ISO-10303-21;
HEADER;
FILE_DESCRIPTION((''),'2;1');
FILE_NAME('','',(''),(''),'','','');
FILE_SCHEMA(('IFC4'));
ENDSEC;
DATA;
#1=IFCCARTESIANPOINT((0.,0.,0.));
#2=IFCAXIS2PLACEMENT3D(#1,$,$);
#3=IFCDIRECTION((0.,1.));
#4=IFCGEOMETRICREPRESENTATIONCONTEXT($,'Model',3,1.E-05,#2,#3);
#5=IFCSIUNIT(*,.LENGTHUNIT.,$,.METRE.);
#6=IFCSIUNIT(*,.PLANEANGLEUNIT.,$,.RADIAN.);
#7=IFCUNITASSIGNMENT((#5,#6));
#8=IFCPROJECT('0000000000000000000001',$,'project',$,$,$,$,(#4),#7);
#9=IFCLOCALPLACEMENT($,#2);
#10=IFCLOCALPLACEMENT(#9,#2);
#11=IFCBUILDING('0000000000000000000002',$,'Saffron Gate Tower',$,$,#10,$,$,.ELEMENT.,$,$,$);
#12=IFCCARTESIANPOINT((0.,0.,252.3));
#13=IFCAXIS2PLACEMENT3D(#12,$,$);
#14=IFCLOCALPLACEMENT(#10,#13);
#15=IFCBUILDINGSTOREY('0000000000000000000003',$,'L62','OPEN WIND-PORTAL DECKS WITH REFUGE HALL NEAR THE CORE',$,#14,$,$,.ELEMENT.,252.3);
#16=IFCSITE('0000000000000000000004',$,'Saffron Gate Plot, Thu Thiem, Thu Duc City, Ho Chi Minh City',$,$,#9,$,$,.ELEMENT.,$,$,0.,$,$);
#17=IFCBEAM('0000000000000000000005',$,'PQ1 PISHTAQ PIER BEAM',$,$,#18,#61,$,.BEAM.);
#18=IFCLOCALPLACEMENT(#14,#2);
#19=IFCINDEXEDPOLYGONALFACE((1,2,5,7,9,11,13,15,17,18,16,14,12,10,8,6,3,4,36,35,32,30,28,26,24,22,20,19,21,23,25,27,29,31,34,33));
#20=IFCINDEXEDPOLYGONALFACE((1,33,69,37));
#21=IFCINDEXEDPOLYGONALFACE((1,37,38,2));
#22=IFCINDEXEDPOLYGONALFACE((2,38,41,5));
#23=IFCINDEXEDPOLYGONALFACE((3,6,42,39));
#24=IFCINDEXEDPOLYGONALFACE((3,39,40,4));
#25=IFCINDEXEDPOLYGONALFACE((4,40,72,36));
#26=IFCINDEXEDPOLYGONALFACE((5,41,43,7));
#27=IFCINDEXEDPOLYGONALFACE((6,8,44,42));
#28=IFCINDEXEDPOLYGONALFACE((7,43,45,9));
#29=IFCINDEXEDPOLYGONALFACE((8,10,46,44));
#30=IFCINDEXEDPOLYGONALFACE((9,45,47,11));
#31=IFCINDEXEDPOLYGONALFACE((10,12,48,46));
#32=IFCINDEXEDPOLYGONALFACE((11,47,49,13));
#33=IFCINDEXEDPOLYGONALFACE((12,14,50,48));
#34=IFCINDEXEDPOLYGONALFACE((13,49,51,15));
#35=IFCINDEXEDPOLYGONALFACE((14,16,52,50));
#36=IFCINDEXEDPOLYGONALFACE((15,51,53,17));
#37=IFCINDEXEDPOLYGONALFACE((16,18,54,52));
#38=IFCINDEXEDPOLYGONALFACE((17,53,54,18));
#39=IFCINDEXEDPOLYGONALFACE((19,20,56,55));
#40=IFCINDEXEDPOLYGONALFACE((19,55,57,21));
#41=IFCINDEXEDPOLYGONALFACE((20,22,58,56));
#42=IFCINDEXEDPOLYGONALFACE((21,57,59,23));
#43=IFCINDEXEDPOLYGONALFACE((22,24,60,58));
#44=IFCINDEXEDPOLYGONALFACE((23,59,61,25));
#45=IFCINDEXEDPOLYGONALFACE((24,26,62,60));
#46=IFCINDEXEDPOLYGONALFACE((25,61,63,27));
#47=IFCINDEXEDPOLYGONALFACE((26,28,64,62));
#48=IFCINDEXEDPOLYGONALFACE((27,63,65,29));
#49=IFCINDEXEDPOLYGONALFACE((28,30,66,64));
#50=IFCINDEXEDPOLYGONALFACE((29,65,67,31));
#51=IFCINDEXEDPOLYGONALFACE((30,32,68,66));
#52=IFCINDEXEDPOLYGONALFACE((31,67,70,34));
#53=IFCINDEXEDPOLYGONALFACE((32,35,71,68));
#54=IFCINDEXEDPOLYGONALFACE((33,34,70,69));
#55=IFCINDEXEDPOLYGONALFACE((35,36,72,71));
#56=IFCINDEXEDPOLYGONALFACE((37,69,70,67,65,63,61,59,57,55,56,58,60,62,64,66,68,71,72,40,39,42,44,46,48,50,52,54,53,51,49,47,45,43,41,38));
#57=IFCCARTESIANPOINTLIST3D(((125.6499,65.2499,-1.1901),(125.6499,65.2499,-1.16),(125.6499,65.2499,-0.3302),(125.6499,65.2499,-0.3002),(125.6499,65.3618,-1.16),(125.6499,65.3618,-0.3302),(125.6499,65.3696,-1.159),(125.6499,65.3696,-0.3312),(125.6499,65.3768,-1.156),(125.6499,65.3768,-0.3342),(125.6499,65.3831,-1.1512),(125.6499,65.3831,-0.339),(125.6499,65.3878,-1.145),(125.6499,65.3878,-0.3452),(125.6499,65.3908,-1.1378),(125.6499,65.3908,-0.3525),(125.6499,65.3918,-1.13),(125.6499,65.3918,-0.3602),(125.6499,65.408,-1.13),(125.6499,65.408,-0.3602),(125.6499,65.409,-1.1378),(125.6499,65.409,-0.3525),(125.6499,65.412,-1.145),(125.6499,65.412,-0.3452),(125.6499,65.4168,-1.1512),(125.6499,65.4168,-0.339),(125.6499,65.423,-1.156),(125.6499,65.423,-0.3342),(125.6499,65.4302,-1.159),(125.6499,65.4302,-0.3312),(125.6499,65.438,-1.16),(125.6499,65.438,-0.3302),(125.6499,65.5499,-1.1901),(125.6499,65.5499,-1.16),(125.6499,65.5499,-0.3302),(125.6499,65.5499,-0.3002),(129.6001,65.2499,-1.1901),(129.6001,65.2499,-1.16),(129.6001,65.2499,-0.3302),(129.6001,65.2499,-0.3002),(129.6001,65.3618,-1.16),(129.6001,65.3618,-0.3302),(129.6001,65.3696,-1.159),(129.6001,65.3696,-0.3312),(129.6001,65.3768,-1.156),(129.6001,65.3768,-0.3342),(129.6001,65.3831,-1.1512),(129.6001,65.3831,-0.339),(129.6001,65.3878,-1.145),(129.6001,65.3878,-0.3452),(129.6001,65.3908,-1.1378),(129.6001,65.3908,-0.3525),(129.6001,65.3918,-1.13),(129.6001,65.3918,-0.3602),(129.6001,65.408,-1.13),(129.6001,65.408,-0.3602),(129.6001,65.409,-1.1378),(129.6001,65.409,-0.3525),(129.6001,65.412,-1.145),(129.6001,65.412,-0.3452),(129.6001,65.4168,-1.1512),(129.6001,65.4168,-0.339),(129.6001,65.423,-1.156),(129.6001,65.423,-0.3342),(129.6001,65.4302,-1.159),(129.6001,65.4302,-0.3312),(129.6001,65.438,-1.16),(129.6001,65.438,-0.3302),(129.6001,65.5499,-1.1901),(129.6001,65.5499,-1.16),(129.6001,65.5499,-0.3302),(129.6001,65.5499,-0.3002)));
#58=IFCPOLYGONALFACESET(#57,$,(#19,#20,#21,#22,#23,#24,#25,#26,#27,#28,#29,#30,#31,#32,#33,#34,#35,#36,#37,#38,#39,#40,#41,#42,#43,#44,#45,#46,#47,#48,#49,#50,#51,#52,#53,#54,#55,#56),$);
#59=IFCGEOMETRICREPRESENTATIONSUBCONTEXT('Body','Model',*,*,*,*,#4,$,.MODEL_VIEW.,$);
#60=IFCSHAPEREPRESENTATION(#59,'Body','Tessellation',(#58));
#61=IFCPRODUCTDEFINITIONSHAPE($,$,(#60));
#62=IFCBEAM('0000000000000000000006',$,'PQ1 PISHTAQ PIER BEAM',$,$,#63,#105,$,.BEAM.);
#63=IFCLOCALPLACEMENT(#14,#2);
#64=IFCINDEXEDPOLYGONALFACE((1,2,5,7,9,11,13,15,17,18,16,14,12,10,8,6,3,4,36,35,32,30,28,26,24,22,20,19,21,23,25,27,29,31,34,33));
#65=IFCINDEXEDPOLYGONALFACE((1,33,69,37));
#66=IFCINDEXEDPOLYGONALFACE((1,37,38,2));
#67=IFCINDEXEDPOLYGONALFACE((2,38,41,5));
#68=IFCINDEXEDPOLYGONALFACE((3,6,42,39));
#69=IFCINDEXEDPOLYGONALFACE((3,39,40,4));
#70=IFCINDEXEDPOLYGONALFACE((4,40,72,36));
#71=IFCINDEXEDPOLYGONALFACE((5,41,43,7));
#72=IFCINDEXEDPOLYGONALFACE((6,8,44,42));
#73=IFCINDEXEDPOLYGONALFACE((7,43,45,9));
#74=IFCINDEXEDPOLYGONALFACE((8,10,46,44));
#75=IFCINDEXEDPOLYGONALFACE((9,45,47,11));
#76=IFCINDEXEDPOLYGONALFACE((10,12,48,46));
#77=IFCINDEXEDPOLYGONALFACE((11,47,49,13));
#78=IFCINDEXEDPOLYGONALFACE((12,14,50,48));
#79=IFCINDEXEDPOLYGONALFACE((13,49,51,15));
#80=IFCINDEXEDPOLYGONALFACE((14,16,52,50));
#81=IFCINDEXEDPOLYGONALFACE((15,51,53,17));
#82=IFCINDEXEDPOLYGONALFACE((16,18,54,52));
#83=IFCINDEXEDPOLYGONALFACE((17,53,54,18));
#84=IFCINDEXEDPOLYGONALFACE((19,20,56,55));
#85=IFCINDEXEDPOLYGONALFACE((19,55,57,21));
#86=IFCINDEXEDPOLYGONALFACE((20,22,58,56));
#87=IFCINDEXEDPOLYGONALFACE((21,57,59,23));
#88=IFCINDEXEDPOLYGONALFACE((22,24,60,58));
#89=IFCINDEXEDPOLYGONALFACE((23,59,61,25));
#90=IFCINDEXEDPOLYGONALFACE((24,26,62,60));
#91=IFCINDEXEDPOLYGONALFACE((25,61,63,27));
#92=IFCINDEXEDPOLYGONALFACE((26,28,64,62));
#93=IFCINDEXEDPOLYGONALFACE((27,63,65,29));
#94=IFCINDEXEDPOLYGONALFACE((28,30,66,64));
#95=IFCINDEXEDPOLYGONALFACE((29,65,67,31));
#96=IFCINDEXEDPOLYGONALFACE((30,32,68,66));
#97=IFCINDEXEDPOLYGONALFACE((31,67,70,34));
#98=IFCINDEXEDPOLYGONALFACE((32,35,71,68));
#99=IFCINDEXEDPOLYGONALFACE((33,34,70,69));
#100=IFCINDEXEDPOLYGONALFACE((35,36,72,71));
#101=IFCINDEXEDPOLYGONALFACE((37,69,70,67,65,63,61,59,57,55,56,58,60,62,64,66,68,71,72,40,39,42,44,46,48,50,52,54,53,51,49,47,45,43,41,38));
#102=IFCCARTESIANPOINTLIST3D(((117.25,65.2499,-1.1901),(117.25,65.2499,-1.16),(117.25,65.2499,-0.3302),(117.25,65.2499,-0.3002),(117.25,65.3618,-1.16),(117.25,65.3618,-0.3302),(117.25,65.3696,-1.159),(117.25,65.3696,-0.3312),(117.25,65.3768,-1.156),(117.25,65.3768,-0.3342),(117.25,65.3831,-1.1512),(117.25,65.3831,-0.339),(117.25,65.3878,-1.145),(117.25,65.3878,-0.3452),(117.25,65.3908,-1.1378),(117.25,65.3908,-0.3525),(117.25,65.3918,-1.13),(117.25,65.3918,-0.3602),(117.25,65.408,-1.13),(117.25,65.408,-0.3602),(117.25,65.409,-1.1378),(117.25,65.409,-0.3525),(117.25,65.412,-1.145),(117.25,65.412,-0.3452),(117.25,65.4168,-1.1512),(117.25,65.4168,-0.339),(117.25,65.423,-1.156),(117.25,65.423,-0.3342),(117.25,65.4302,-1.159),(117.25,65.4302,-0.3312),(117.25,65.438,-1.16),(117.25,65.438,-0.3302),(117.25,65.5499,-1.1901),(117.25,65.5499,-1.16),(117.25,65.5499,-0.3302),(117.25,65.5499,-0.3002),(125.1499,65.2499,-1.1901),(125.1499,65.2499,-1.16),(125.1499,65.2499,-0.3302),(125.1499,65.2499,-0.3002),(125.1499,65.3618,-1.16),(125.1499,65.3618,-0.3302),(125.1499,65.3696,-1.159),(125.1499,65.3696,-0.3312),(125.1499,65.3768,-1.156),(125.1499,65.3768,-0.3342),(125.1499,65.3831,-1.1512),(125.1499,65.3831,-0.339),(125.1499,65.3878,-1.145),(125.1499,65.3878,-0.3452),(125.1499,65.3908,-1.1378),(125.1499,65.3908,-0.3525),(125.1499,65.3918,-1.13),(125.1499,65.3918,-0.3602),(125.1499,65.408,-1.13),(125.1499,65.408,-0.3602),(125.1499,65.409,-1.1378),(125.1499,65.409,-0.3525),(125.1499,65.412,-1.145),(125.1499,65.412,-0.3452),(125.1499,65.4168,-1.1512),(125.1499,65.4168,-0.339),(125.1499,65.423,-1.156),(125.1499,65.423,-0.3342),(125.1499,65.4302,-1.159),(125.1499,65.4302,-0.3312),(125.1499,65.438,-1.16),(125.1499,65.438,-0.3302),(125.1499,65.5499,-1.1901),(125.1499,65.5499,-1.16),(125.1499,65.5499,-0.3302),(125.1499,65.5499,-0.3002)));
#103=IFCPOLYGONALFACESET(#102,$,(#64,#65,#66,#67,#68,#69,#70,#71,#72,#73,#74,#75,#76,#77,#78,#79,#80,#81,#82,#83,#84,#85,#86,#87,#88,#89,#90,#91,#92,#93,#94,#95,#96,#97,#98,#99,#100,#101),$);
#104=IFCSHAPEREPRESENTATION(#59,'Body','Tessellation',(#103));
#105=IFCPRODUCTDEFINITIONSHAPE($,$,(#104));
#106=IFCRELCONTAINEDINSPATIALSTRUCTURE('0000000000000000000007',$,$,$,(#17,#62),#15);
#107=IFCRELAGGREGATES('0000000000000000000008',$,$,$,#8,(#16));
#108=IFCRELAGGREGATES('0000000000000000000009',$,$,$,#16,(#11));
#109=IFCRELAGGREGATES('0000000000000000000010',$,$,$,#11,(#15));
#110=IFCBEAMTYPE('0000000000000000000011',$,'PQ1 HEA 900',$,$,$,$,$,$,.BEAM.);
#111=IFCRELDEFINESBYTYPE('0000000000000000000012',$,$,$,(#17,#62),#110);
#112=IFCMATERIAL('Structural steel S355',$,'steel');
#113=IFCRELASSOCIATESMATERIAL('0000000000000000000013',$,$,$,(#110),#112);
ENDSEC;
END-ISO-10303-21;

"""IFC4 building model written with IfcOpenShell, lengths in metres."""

from ifc_helpers import new_model, si_unit, direction, frame, origin, origin_2d, place, context, subcontext, project, spatial, i_section, extrude, material, material_profile, profile_set, type_object, element, save


model = new_model("IFC4")

# Units and contexts
model_context = context("Model", 3, precision=1e-05, world=origin(), true_north=direction((0.0, 1.0)))
body_context = subcontext(model_context, "Body", "Model", "MODEL_VIEW")
ifc_project = project(units=[si_unit("LENGTHUNIT", "METRE"), si_unit("PLANEANGLEUNIT", "RADIAN")], contexts=[model_context])

# Site, building, storey
site_placement = place(None, origin())
site = spatial("IfcSite", under=ifc_project, at=site_placement, Name="Saffron Gate Plot, Thu Thiem, Thu Duc City, Ho Chi Minh City", CompositionType="ELEMENT", RefElevation=0.0)
building_placement = place(site_placement, origin())
building = spatial("IfcBuilding", under=site, at=building_placement, Name="Saffron Gate Tower", CompositionType="ELEMENT")
storey_placement = place(building_placement, frame((0.0, 0.0, 252.3)))
storey = spatial("IfcBuildingStorey", under=building, at=storey_placement, Name="L62", Description="OPEN WIND-PORTAL DECKS WITH REFUGE HALL NEAR THE CORE", CompositionType="ELEMENT", Elevation=252.3)

# Shared definitions
ifc_material_1 = material(Name="Structural steel S355", Category="steel")

# Beams
ifc_material_profile_1 = material_profile(ifc_material_1, i_section(OverallWidth=0.3, OverallDepth=0.8899, WebThickness=0.0161, FlangeThickness=0.03, FilletRadius=0.03, at=origin_2d()))
ifc_profile_set_1 = profile_set([ifc_material_profile_1], Name="Structural steel S355")
beam_type_1 = type_object("IfcBeamType", Name="PQ1 HEA 900", PredefinedType="BEAM", material=ifc_profile_set_1)
beam_1_placement = place(storey_placement, frame((129.6001, 65.3999, -0.7451), z_axis=(-1.0, 0.0, 0.0), x_axis=(0.0, -1.0, 0.0)))
element("IfcBeam", 1, at=beam_1_placement, inside=storey, type_object=beam_type_1, Name="PQ1 PISHTAQ PIER BEAM", PredefinedType="BEAM", context=body_context, shape_type="SweptSolid", body=[
    extrude(i_section(OverallWidth=0.3, OverallDepth=0.8899, WebThickness=0.0161, FlangeThickness=0.03, FilletRadius=0.03, at=origin_2d()), origin(), (0.0, 0.0, 1.0), 3.9502),
])
beam_2_placement = place(storey_placement, frame((125.1499, 65.3999, -0.7451), z_axis=(-1.0, 0.0, 0.0), x_axis=(0.0, -1.0, 0.0)))
element("IfcBeam", 2, at=beam_2_placement, inside=storey, type_object=beam_type_1, Name="PQ1 PISHTAQ PIER BEAM", PredefinedType="BEAM", context=body_context, shape_type="SweptSolid", body=[
    extrude(i_section(OverallWidth=0.3, OverallDepth=0.8899, WebThickness=0.0161, FlangeThickness=0.03, FilletRadius=0.03, at=origin_2d()), origin(), (0.0, 0.0, 1.0), 7.8999),
])

save(model, "model.ifc")
